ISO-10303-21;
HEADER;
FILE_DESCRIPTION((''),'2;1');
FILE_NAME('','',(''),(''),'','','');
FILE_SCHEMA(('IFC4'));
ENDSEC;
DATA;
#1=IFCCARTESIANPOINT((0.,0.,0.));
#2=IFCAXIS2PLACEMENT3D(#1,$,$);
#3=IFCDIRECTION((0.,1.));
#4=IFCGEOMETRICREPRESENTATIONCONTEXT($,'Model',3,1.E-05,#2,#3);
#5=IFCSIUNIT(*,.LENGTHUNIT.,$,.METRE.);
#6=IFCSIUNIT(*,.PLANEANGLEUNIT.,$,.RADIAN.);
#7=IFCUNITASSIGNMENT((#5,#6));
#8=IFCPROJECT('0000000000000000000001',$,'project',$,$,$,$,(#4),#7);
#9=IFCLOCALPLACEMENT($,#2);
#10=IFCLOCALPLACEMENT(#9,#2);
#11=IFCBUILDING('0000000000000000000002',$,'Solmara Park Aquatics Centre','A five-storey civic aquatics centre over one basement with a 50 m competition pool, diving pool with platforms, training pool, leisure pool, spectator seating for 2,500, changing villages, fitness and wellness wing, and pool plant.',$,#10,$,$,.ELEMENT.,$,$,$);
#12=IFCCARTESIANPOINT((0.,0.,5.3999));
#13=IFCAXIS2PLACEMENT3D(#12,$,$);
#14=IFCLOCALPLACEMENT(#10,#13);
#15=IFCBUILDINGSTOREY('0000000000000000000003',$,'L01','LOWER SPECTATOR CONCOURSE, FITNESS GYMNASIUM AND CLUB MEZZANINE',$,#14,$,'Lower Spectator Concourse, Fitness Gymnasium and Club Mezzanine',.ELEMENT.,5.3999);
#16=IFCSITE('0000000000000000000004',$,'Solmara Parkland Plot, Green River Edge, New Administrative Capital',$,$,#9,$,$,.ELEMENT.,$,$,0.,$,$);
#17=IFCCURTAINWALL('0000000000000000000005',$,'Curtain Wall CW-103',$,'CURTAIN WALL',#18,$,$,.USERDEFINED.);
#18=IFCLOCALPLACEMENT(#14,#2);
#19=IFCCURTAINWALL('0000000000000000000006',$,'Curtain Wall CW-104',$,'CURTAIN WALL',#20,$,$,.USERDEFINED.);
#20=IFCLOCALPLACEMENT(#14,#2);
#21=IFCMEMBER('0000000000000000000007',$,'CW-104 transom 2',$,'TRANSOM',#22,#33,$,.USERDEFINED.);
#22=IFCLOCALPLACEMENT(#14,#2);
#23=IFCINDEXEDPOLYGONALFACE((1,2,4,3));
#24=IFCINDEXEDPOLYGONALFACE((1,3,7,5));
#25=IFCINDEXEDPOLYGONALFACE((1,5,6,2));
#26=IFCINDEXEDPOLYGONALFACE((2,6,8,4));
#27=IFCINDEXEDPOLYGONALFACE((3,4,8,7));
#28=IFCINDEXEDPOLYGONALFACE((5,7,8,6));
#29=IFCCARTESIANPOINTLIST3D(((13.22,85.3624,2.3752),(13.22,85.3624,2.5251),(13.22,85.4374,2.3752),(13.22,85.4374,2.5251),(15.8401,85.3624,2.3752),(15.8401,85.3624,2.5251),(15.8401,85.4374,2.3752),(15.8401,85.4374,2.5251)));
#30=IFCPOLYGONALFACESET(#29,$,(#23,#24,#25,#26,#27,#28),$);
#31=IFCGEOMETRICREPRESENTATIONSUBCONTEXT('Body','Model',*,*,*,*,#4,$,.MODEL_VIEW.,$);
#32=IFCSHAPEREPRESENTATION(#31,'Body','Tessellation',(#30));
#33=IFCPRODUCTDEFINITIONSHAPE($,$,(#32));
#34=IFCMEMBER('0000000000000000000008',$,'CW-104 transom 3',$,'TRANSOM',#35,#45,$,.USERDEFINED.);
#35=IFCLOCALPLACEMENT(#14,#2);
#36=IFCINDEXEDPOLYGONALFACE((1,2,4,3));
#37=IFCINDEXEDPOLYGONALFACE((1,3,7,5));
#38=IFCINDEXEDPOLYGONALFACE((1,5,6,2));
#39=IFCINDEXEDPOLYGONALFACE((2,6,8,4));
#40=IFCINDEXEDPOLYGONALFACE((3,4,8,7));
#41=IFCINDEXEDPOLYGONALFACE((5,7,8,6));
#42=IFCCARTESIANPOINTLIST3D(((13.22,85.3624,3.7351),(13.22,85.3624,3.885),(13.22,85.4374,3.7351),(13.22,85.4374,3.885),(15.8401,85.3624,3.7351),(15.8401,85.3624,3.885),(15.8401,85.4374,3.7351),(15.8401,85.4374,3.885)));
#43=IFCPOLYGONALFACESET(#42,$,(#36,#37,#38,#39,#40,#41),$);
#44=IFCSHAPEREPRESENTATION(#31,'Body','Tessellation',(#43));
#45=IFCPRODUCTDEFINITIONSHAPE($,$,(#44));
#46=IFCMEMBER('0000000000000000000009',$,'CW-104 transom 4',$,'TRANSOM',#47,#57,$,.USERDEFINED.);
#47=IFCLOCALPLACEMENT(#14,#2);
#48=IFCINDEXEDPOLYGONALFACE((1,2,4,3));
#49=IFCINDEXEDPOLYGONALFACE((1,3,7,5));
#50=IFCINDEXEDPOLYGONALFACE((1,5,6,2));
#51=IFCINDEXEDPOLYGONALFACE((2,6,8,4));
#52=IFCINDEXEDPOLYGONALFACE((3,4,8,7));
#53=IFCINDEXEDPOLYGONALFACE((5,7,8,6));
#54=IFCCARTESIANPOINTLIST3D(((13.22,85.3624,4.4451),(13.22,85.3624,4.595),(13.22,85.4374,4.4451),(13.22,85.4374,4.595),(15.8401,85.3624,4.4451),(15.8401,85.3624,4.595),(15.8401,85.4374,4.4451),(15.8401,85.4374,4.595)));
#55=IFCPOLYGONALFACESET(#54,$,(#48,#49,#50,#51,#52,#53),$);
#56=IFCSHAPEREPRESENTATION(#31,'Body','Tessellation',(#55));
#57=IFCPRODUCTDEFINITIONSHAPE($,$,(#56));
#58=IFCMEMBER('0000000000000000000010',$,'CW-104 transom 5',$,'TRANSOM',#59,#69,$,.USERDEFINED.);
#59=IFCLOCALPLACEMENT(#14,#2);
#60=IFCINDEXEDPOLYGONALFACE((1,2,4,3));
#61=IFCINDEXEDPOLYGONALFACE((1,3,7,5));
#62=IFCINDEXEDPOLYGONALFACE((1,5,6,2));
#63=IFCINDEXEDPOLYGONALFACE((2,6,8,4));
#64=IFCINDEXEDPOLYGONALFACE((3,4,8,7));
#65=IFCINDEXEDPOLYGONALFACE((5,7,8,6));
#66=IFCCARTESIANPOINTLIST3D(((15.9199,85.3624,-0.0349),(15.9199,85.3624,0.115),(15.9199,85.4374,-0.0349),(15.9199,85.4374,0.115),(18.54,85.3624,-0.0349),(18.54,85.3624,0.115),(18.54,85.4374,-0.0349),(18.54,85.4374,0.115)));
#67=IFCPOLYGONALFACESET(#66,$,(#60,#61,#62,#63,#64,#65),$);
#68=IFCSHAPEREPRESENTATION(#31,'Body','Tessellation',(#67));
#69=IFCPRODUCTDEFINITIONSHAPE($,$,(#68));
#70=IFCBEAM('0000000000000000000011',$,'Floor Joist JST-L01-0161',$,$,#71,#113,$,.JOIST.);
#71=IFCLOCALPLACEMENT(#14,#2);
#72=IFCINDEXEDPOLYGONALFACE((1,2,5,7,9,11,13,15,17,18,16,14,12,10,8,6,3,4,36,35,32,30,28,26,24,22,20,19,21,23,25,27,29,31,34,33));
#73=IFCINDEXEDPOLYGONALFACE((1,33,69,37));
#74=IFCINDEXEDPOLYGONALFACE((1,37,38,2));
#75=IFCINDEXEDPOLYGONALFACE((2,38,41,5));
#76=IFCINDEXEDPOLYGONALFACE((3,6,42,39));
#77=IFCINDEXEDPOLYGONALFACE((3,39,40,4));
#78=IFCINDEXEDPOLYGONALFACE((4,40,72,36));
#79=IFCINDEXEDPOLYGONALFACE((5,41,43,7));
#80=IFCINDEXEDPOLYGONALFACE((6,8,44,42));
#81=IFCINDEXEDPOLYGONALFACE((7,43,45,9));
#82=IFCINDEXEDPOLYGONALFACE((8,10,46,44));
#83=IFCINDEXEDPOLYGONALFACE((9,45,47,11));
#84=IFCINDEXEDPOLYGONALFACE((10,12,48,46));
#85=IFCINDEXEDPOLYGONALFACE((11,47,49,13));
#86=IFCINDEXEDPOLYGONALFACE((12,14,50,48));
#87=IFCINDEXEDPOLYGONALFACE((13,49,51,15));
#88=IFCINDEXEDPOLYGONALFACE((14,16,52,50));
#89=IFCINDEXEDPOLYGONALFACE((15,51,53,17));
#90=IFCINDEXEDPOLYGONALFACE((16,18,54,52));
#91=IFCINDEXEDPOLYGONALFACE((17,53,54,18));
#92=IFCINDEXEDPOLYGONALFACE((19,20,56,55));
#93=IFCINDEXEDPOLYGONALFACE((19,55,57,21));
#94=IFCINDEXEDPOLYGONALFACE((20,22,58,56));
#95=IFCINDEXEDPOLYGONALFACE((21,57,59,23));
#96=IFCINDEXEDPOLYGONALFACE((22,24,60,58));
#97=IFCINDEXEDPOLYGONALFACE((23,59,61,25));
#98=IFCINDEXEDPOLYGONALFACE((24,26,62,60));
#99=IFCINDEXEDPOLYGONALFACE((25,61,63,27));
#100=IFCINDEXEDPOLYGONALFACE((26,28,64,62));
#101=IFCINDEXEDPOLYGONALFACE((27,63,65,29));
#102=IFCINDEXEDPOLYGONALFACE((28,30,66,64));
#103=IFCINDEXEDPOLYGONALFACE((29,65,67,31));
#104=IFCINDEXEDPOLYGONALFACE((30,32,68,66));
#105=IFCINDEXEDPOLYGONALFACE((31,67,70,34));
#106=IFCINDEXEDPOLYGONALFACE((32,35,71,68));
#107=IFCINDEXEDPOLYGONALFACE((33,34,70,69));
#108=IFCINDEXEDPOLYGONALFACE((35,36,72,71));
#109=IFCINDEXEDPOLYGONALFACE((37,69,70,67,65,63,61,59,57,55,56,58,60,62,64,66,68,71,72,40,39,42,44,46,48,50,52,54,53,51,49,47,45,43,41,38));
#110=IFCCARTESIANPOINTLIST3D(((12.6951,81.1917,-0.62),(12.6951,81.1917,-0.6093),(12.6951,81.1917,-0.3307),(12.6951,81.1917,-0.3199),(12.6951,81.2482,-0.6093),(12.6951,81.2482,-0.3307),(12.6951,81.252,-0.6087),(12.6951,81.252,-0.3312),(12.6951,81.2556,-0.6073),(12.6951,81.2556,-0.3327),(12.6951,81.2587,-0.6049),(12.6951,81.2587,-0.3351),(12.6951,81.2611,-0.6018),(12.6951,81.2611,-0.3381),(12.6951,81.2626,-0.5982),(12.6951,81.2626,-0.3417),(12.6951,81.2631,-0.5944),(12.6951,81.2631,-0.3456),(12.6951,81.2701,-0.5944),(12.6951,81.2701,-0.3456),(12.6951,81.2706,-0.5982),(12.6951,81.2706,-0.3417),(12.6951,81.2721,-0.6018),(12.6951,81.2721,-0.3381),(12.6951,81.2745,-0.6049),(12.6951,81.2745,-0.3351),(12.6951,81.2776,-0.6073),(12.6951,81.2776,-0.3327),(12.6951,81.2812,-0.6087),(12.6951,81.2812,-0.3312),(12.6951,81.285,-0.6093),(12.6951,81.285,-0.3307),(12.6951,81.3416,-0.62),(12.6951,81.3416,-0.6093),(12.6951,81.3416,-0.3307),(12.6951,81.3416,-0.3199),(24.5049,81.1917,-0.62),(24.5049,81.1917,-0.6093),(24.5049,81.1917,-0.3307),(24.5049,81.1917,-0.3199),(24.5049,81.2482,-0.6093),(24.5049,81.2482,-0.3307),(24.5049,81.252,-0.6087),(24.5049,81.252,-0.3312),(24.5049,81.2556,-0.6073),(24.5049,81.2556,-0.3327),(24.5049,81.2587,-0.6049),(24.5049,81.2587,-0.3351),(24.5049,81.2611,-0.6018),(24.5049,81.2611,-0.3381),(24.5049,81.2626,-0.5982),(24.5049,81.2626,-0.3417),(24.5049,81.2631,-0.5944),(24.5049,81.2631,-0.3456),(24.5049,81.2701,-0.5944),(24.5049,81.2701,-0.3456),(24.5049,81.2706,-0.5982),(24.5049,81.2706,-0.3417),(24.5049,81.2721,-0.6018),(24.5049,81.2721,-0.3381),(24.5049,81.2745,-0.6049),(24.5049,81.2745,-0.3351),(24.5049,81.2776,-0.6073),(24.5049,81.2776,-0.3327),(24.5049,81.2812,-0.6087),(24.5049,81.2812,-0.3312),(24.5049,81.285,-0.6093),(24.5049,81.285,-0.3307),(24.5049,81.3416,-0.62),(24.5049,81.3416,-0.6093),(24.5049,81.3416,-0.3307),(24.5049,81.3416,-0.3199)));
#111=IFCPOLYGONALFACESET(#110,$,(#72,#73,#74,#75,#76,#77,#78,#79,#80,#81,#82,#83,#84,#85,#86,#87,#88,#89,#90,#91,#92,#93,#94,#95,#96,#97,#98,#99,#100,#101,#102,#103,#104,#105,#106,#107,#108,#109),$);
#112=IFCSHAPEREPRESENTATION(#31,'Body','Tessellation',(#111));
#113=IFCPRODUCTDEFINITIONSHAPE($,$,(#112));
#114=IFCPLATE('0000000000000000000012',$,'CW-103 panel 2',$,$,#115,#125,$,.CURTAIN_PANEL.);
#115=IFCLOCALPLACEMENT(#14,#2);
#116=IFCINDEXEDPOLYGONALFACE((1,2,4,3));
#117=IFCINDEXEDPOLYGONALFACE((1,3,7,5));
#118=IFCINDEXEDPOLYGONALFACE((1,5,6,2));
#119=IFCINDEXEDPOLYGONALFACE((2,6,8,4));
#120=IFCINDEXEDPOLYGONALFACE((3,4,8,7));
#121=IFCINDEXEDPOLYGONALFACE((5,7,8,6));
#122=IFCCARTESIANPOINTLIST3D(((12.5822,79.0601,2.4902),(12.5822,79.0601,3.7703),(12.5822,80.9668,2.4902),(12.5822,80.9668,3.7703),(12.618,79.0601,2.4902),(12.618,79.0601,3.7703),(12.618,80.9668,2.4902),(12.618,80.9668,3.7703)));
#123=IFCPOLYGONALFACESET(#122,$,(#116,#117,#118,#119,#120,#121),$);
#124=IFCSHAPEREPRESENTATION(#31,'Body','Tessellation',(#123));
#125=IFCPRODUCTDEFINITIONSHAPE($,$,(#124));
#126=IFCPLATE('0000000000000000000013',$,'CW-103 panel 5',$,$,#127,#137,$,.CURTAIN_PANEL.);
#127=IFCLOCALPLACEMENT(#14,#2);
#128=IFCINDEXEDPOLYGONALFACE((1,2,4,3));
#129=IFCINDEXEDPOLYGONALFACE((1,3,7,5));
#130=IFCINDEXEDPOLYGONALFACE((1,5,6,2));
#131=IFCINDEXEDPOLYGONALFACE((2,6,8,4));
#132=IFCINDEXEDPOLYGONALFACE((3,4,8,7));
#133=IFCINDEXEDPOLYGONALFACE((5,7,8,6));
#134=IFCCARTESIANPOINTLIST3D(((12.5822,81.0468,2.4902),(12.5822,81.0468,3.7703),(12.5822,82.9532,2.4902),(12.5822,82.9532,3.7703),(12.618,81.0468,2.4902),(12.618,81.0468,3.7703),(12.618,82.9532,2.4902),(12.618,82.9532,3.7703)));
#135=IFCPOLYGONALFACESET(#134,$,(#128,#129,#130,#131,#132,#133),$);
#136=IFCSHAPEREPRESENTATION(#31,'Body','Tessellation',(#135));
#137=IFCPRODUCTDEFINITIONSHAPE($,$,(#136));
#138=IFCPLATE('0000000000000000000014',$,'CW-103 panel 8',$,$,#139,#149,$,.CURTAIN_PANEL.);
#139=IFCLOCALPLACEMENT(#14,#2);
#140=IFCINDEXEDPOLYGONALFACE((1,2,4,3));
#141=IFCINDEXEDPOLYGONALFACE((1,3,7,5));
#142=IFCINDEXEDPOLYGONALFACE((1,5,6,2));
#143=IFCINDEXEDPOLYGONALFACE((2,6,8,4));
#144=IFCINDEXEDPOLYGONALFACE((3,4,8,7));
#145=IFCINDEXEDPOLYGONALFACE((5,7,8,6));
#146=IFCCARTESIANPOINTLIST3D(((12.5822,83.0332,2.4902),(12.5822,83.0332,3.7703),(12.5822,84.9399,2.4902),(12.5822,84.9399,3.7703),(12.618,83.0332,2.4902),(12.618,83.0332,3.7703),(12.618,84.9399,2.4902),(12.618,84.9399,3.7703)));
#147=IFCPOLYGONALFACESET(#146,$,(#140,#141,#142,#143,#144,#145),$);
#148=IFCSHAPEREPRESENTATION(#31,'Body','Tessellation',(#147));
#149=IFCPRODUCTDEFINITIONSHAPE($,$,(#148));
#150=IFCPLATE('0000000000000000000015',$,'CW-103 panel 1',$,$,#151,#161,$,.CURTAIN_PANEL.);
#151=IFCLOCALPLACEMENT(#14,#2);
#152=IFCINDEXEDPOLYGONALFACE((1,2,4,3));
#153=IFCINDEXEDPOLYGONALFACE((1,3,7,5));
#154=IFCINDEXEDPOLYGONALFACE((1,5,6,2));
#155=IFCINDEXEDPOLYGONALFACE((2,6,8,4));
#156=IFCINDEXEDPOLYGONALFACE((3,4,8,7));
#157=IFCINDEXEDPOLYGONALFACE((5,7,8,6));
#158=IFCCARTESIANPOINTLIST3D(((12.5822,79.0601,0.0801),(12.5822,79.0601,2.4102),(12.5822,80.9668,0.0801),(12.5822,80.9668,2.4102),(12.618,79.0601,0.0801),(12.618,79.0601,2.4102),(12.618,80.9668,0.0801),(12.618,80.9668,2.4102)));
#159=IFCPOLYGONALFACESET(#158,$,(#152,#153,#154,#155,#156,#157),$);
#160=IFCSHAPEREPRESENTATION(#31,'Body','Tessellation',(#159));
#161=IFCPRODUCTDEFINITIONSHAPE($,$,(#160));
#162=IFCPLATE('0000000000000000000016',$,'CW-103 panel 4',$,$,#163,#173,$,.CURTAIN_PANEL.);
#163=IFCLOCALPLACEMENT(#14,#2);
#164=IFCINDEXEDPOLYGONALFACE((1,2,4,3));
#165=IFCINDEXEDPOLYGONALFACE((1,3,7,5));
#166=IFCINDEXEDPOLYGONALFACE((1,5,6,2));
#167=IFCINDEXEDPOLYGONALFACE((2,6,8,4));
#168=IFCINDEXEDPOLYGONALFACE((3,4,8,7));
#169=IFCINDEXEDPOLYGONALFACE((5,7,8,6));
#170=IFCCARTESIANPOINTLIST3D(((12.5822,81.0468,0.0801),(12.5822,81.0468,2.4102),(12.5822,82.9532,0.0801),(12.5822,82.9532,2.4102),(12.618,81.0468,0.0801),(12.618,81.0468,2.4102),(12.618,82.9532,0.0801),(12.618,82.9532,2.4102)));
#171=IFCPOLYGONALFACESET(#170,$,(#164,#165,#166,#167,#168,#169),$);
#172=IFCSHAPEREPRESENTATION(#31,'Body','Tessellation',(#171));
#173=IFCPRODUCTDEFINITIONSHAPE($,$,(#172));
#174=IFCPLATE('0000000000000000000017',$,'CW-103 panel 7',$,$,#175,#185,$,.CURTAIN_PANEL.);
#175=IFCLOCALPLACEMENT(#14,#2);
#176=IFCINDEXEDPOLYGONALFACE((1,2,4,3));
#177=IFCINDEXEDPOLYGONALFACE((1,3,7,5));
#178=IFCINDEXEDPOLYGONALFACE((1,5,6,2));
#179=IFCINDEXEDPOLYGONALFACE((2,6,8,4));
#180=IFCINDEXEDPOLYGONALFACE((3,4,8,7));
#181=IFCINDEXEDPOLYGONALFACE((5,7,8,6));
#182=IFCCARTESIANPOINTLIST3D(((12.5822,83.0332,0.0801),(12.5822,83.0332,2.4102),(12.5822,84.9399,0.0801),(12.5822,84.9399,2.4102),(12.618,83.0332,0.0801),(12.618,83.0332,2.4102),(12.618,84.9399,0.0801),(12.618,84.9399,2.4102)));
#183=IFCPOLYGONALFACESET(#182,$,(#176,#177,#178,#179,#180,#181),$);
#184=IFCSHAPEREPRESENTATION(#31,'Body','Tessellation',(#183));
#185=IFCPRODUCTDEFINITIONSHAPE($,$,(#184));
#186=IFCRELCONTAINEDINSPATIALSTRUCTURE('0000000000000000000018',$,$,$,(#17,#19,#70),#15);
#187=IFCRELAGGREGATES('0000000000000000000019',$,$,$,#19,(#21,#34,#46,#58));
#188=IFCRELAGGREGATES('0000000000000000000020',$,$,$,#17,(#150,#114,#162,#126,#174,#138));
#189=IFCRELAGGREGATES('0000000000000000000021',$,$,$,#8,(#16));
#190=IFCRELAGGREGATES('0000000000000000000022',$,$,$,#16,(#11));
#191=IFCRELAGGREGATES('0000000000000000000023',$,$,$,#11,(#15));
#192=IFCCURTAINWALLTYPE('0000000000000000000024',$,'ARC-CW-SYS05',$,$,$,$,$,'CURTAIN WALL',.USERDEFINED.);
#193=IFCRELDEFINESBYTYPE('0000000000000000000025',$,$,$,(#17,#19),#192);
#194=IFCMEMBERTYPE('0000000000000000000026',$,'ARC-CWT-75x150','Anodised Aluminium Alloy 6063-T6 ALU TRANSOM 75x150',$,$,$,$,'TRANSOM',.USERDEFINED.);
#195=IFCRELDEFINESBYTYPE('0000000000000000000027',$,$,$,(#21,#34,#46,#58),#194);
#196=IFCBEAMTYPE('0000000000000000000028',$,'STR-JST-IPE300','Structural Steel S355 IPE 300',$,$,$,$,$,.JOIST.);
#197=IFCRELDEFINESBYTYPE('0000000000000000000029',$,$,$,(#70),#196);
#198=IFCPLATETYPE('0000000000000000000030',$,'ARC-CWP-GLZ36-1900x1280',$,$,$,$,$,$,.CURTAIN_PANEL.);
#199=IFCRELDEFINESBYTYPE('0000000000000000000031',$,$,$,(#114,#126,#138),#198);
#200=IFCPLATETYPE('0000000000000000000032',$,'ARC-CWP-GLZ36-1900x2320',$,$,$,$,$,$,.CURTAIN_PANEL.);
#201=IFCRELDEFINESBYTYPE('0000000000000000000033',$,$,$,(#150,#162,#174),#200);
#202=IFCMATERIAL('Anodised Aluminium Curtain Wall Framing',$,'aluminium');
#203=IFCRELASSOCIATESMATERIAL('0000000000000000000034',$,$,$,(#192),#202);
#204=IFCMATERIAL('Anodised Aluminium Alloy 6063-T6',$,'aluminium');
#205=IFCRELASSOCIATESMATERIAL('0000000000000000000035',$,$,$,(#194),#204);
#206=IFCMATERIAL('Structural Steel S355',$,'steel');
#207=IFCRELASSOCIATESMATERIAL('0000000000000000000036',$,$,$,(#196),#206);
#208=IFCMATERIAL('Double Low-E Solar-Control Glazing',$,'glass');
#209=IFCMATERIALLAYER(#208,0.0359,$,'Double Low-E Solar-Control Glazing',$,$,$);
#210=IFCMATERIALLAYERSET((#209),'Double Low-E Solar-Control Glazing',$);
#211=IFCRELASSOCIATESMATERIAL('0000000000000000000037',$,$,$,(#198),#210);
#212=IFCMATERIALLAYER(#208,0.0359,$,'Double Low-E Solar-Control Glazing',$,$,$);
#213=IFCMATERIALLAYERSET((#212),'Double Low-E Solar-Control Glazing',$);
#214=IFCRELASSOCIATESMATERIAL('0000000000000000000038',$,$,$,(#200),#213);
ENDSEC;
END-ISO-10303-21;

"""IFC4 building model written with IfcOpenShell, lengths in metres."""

from ifc_helpers import new_model, si_unit, direction, frame, origin, origin_2d, place, context, subcontext, project, spatial, rectangle, i_section, extrude, material, layer, layer_set, material_profile, profile_set, type_object, element, aggregate, save


model = new_model("IFC4")

# Units and contexts
model_context = context("Model", 3, precision=1e-05, world=origin(), true_north=direction((0.0, 1.0)))
body_context = subcontext(model_context, "Body", "Model", "MODEL_VIEW")
ifc_project = project(units=[si_unit("LENGTHUNIT", "METRE"), si_unit("PLANEANGLEUNIT", "RADIAN")], contexts=[model_context])

# Site, building, storey
site_placement = place(None, origin())
site = spatial("IfcSite", under=ifc_project, at=site_placement, Name="Solmara Parkland Plot, Green River Edge, New Administrative Capital", CompositionType="ELEMENT", RefElevation=0.0)
building_placement = place(site_placement, origin())
building = spatial("IfcBuilding", under=site, at=building_placement, Name="Solmara Park Aquatics Centre", Description="A five-storey civic aquatics centre over one basement with a 50 m competition pool, diving pool with platforms, training pool, leisure pool, spectator seating for 2,500, changing villages, fitness and wellness wing, and pool plant.", CompositionType="ELEMENT")
storey_placement = place(building_placement, frame((0.0, 0.0, 5.3999)))
storey = spatial("IfcBuildingStorey", under=building, at=storey_placement, Name="L01", Description="LOWER SPECTATOR CONCOURSE, FITNESS GYMNASIUM AND CLUB MEZZANINE", LongName="Lower Spectator Concourse, Fitness Gymnasium and Club Mezzanine", CompositionType="ELEMENT", Elevation=5.3999)

# Curtain walls
ifc_material_1 = material(Name="Anodised Aluminium Curtain Wall Framing", Category="aluminium")
curtain_wall_type = type_object("IfcCurtainWallType", Name="ARC-CW-SYS05", ElementType="CURTAIN WALL", PredefinedType="USERDEFINED", material=ifc_material_1)
curtain_wall_1_placement = place(storey_placement, origin())
curtain_wall_1 = element("IfcCurtainWall", 1, at=curtain_wall_1_placement, inside=storey, type_object=curtain_wall_type, Name="Curtain Wall CW-103", ObjectType="CURTAIN WALL", PredefinedType="USERDEFINED")
ifc_material_2 = material(Name="Anodised Aluminium Alloy 6063-T6", Category="aluminium")
curtain_wall_2_placement = place(storey_placement, origin())
curtain_wall_2 = element("IfcCurtainWall", 2, at=curtain_wall_2_placement, inside=storey, type_object=curtain_wall_type, Name="Curtain Wall CW-104", ObjectType="CURTAIN WALL", PredefinedType="USERDEFINED")

# Members
ifc_material_profile_1 = material_profile(ifc_material_2, rectangle(XDim=0.075, YDim=0.1499, at=origin_2d()), Name="ALU TRANSOM 75x150")
ifc_profile_set_1 = profile_set([ifc_material_profile_1], Name="Anodised Aluminium Alloy 6063-T6")
member_type_1 = type_object("IfcMemberType", Name="ARC-CWT-75x150", Description="Anodised Aluminium Alloy 6063-T6 ALU TRANSOM 75x150", ElementType="TRANSOM", PredefinedType="USERDEFINED", material=ifc_profile_set_1)
member_1_placement = place(storey_placement, frame((13.22, 85.3999, 2.4502), z_axis=(1.0, 0.0, 0.0), x_axis=(0.0, 1.0, 0.0)))
member_1 = element("IfcMember", 3, at=member_1_placement, type_object=member_type_1, Name="CW-104 transom 2", ObjectType="TRANSOM", PredefinedType="USERDEFINED", context=body_context, shape_type="SweptSolid", body=[
    extrude(rectangle(XDim=0.075, YDim=0.1499, at=origin_2d()), origin(), (0.0, 0.0, 1.0), 2.6201),
])
member_2_placement = place(storey_placement, frame((13.22, 85.3999, 3.8101), z_axis=(1.0, 0.0, 0.0), x_axis=(0.0, 1.0, 0.0)))
member_2 = element("IfcMember", 4, at=member_2_placement, type_object=member_type_1, Name="CW-104 transom 3", ObjectType="TRANSOM", PredefinedType="USERDEFINED", context=body_context, shape_type="SweptSolid", body=[
    extrude(rectangle(XDim=0.075, YDim=0.1499, at=origin_2d()), origin(), (0.0, 0.0, 1.0), 2.6201),
])
member_3_placement = place(storey_placement, frame((13.22, 85.3999, 4.52), z_axis=(1.0, 0.0, 0.0), x_axis=(0.0, 1.0, 0.0)))
member_3 = element("IfcMember", 5, at=member_3_placement, type_object=member_type_1, Name="CW-104 transom 4", ObjectType="TRANSOM", PredefinedType="USERDEFINED", context=body_context, shape_type="SweptSolid", body=[
    extrude(rectangle(XDim=0.075, YDim=0.1499, at=origin_2d()), origin(), (0.0, 0.0, 1.0), 2.6201),
])
member_4_placement = place(storey_placement, frame((15.9199, 85.3999, 0.04), z_axis=(1.0, 0.0, 0.0), x_axis=(0.0, 1.0, 0.0)))
member_4 = element("IfcMember", 6, at=member_4_placement, type_object=member_type_1, Name="CW-104 transom 5", ObjectType="TRANSOM", PredefinedType="USERDEFINED", context=body_context, shape_type="SweptSolid", body=[
    extrude(rectangle(XDim=0.075, YDim=0.1499, at=origin_2d()), origin(), (0.0, 0.0, 1.0), 2.6201),
])

# Beam
ifc_material_3 = material(Name="Structural Steel S355", Category="steel")
ifc_material_profile_2 = material_profile(ifc_material_3, i_section(OverallWidth=0.1499, OverallDepth=0.3, WebThickness=0.0071, FlangeThickness=0.0107, FilletRadius=0.0149, at=origin_2d()), Name="IPE 300")
ifc_profile_set_2 = profile_set([ifc_material_profile_2], Name="Structural Steel S355")
beam_type = type_object("IfcBeamType", Name="STR-JST-IPE300", Description="Structural Steel S355 IPE 300", PredefinedType="JOIST", material=ifc_profile_set_2)
beam_placement = place(storey_placement, frame((12.6951, 81.2666, -0.47), z_axis=(1.0, 0.0, 0.0), x_axis=(0.0, 1.0, 0.0)))
element("IfcBeam", 7, at=beam_placement, inside=storey, type_object=beam_type, Name="Floor Joist JST-L01-0161", PredefinedType="JOIST", context=body_context, shape_type="SweptSolid", body=[
    extrude(i_section(OverallWidth=0.1499, OverallDepth=0.3, WebThickness=0.0071, FlangeThickness=0.0107, FilletRadius=0.0149, at=origin_2d()), origin(), (0.0, 0.0, 1.0), 11.8098),
])

# Plates
ifc_material_4 = material(Name="Double Low-E Solar-Control Glazing", Category="glass")
ifc_layer_1 = layer(ifc_material_4, 0.0359, Name="Double Low-E Solar-Control Glazing")
ifc_layer_set_1 = layer_set([ifc_layer_1], Name="Double Low-E Solar-Control Glazing")
plate_type_1 = type_object("IfcPlateType", Name="ARC-CWP-GLZ36-1900x1280", PredefinedType="CURTAIN_PANEL", material=ifc_layer_set_1)
plate_1_placement = place(storey_placement, frame((12.6001, 80.0134, 2.4902), z_axis=(0.0, 0.0, 1.0), x_axis=(0.0, 1.0, 0.0)))
plate_1 = element("IfcPlate", 8, at=plate_1_placement, type_object=plate_type_1, Name="CW-103 panel 2", PredefinedType="CURTAIN_PANEL", context=body_context, shape_type="SweptSolid", body=[
    extrude(rectangle(XDim=1.9067, YDim=0.0359, at=origin_2d()), origin(), (0.0, 0.0, 1.0), 1.28),
])
plate_2_placement = place(storey_placement, frame((12.6001, 82.0, 2.4902), z_axis=(0.0, 0.0, 1.0), x_axis=(0.0, 1.0, 0.0)))
plate_2 = element("IfcPlate", 9, at=plate_2_placement, type_object=plate_type_1, Name="CW-103 panel 5", PredefinedType="CURTAIN_PANEL", context=body_context, shape_type="SweptSolid", body=[
    extrude(rectangle(XDim=1.9065, YDim=0.0359, at=origin_2d()), origin(), (0.0, 0.0, 1.0), 1.28),
])
plate_3_placement = place(storey_placement, frame((12.6001, 83.9866, 2.4902), z_axis=(0.0, 0.0, 1.0), x_axis=(0.0, 1.0, 0.0)))
plate_3 = element("IfcPlate", 10, at=plate_3_placement, type_object=plate_type_1, Name="CW-103 panel 8", PredefinedType="CURTAIN_PANEL", context=body_context, shape_type="SweptSolid", body=[
    extrude(rectangle(XDim=1.9067, YDim=0.0359, at=origin_2d()), origin(), (0.0, 0.0, 1.0), 1.28),
])
ifc_layer_2 = layer(ifc_material_4, 0.0359, Name="Double Low-E Solar-Control Glazing")
ifc_layer_set_2 = layer_set([ifc_layer_2], Name="Double Low-E Solar-Control Glazing")
plate_type_2 = type_object("IfcPlateType", Name="ARC-CWP-GLZ36-1900x2320", PredefinedType="CURTAIN_PANEL", material=ifc_layer_set_2)
plate_4_placement = place(storey_placement, frame((12.6001, 80.0134, 0.0801), z_axis=(0.0, 0.0, 1.0), x_axis=(0.0, 1.0, 0.0)))
plate_4 = element("IfcPlate", 11, at=plate_4_placement, type_object=plate_type_2, Name="CW-103 panel 1", PredefinedType="CURTAIN_PANEL", context=body_context, shape_type="SweptSolid", body=[
    extrude(rectangle(XDim=1.9067, YDim=0.0359, at=origin_2d()), origin(), (0.0, 0.0, 1.0), 2.3301),
])
plate_5_placement = place(storey_placement, frame((12.6001, 82.0, 0.0801), z_axis=(0.0, 0.0, 1.0), x_axis=(0.0, 1.0, 0.0)))
plate_5 = element("IfcPlate", 12, at=plate_5_placement, type_object=plate_type_2, Name="CW-103 panel 4", PredefinedType="CURTAIN_PANEL", context=body_context, shape_type="SweptSolid", body=[
    extrude(rectangle(XDim=1.9065, YDim=0.0359, at=origin_2d()), origin(), (0.0, 0.0, 1.0), 2.3301),
])
plate_6_placement = place(storey_placement, frame((12.6001, 83.9866, 0.0801), z_axis=(0.0, 0.0, 1.0), x_axis=(0.0, 1.0, 0.0)))
plate_6 = element("IfcPlate", 13, at=plate_6_placement, type_object=plate_type_2, Name="CW-103 panel 7", PredefinedType="CURTAIN_PANEL", context=body_context, shape_type="SweptSolid", body=[
    extrude(rectangle(XDim=1.9067, YDim=0.0359, at=origin_2d()), origin(), (0.0, 0.0, 1.0), 2.3301),
])
aggregate(curtain_wall_2, [member_1, member_2, member_3, member_4])
aggregate(curtain_wall_1, [plate_4, plate_1, plate_5, plate_2, plate_6, plate_3])

save(model, "model.ifc")
